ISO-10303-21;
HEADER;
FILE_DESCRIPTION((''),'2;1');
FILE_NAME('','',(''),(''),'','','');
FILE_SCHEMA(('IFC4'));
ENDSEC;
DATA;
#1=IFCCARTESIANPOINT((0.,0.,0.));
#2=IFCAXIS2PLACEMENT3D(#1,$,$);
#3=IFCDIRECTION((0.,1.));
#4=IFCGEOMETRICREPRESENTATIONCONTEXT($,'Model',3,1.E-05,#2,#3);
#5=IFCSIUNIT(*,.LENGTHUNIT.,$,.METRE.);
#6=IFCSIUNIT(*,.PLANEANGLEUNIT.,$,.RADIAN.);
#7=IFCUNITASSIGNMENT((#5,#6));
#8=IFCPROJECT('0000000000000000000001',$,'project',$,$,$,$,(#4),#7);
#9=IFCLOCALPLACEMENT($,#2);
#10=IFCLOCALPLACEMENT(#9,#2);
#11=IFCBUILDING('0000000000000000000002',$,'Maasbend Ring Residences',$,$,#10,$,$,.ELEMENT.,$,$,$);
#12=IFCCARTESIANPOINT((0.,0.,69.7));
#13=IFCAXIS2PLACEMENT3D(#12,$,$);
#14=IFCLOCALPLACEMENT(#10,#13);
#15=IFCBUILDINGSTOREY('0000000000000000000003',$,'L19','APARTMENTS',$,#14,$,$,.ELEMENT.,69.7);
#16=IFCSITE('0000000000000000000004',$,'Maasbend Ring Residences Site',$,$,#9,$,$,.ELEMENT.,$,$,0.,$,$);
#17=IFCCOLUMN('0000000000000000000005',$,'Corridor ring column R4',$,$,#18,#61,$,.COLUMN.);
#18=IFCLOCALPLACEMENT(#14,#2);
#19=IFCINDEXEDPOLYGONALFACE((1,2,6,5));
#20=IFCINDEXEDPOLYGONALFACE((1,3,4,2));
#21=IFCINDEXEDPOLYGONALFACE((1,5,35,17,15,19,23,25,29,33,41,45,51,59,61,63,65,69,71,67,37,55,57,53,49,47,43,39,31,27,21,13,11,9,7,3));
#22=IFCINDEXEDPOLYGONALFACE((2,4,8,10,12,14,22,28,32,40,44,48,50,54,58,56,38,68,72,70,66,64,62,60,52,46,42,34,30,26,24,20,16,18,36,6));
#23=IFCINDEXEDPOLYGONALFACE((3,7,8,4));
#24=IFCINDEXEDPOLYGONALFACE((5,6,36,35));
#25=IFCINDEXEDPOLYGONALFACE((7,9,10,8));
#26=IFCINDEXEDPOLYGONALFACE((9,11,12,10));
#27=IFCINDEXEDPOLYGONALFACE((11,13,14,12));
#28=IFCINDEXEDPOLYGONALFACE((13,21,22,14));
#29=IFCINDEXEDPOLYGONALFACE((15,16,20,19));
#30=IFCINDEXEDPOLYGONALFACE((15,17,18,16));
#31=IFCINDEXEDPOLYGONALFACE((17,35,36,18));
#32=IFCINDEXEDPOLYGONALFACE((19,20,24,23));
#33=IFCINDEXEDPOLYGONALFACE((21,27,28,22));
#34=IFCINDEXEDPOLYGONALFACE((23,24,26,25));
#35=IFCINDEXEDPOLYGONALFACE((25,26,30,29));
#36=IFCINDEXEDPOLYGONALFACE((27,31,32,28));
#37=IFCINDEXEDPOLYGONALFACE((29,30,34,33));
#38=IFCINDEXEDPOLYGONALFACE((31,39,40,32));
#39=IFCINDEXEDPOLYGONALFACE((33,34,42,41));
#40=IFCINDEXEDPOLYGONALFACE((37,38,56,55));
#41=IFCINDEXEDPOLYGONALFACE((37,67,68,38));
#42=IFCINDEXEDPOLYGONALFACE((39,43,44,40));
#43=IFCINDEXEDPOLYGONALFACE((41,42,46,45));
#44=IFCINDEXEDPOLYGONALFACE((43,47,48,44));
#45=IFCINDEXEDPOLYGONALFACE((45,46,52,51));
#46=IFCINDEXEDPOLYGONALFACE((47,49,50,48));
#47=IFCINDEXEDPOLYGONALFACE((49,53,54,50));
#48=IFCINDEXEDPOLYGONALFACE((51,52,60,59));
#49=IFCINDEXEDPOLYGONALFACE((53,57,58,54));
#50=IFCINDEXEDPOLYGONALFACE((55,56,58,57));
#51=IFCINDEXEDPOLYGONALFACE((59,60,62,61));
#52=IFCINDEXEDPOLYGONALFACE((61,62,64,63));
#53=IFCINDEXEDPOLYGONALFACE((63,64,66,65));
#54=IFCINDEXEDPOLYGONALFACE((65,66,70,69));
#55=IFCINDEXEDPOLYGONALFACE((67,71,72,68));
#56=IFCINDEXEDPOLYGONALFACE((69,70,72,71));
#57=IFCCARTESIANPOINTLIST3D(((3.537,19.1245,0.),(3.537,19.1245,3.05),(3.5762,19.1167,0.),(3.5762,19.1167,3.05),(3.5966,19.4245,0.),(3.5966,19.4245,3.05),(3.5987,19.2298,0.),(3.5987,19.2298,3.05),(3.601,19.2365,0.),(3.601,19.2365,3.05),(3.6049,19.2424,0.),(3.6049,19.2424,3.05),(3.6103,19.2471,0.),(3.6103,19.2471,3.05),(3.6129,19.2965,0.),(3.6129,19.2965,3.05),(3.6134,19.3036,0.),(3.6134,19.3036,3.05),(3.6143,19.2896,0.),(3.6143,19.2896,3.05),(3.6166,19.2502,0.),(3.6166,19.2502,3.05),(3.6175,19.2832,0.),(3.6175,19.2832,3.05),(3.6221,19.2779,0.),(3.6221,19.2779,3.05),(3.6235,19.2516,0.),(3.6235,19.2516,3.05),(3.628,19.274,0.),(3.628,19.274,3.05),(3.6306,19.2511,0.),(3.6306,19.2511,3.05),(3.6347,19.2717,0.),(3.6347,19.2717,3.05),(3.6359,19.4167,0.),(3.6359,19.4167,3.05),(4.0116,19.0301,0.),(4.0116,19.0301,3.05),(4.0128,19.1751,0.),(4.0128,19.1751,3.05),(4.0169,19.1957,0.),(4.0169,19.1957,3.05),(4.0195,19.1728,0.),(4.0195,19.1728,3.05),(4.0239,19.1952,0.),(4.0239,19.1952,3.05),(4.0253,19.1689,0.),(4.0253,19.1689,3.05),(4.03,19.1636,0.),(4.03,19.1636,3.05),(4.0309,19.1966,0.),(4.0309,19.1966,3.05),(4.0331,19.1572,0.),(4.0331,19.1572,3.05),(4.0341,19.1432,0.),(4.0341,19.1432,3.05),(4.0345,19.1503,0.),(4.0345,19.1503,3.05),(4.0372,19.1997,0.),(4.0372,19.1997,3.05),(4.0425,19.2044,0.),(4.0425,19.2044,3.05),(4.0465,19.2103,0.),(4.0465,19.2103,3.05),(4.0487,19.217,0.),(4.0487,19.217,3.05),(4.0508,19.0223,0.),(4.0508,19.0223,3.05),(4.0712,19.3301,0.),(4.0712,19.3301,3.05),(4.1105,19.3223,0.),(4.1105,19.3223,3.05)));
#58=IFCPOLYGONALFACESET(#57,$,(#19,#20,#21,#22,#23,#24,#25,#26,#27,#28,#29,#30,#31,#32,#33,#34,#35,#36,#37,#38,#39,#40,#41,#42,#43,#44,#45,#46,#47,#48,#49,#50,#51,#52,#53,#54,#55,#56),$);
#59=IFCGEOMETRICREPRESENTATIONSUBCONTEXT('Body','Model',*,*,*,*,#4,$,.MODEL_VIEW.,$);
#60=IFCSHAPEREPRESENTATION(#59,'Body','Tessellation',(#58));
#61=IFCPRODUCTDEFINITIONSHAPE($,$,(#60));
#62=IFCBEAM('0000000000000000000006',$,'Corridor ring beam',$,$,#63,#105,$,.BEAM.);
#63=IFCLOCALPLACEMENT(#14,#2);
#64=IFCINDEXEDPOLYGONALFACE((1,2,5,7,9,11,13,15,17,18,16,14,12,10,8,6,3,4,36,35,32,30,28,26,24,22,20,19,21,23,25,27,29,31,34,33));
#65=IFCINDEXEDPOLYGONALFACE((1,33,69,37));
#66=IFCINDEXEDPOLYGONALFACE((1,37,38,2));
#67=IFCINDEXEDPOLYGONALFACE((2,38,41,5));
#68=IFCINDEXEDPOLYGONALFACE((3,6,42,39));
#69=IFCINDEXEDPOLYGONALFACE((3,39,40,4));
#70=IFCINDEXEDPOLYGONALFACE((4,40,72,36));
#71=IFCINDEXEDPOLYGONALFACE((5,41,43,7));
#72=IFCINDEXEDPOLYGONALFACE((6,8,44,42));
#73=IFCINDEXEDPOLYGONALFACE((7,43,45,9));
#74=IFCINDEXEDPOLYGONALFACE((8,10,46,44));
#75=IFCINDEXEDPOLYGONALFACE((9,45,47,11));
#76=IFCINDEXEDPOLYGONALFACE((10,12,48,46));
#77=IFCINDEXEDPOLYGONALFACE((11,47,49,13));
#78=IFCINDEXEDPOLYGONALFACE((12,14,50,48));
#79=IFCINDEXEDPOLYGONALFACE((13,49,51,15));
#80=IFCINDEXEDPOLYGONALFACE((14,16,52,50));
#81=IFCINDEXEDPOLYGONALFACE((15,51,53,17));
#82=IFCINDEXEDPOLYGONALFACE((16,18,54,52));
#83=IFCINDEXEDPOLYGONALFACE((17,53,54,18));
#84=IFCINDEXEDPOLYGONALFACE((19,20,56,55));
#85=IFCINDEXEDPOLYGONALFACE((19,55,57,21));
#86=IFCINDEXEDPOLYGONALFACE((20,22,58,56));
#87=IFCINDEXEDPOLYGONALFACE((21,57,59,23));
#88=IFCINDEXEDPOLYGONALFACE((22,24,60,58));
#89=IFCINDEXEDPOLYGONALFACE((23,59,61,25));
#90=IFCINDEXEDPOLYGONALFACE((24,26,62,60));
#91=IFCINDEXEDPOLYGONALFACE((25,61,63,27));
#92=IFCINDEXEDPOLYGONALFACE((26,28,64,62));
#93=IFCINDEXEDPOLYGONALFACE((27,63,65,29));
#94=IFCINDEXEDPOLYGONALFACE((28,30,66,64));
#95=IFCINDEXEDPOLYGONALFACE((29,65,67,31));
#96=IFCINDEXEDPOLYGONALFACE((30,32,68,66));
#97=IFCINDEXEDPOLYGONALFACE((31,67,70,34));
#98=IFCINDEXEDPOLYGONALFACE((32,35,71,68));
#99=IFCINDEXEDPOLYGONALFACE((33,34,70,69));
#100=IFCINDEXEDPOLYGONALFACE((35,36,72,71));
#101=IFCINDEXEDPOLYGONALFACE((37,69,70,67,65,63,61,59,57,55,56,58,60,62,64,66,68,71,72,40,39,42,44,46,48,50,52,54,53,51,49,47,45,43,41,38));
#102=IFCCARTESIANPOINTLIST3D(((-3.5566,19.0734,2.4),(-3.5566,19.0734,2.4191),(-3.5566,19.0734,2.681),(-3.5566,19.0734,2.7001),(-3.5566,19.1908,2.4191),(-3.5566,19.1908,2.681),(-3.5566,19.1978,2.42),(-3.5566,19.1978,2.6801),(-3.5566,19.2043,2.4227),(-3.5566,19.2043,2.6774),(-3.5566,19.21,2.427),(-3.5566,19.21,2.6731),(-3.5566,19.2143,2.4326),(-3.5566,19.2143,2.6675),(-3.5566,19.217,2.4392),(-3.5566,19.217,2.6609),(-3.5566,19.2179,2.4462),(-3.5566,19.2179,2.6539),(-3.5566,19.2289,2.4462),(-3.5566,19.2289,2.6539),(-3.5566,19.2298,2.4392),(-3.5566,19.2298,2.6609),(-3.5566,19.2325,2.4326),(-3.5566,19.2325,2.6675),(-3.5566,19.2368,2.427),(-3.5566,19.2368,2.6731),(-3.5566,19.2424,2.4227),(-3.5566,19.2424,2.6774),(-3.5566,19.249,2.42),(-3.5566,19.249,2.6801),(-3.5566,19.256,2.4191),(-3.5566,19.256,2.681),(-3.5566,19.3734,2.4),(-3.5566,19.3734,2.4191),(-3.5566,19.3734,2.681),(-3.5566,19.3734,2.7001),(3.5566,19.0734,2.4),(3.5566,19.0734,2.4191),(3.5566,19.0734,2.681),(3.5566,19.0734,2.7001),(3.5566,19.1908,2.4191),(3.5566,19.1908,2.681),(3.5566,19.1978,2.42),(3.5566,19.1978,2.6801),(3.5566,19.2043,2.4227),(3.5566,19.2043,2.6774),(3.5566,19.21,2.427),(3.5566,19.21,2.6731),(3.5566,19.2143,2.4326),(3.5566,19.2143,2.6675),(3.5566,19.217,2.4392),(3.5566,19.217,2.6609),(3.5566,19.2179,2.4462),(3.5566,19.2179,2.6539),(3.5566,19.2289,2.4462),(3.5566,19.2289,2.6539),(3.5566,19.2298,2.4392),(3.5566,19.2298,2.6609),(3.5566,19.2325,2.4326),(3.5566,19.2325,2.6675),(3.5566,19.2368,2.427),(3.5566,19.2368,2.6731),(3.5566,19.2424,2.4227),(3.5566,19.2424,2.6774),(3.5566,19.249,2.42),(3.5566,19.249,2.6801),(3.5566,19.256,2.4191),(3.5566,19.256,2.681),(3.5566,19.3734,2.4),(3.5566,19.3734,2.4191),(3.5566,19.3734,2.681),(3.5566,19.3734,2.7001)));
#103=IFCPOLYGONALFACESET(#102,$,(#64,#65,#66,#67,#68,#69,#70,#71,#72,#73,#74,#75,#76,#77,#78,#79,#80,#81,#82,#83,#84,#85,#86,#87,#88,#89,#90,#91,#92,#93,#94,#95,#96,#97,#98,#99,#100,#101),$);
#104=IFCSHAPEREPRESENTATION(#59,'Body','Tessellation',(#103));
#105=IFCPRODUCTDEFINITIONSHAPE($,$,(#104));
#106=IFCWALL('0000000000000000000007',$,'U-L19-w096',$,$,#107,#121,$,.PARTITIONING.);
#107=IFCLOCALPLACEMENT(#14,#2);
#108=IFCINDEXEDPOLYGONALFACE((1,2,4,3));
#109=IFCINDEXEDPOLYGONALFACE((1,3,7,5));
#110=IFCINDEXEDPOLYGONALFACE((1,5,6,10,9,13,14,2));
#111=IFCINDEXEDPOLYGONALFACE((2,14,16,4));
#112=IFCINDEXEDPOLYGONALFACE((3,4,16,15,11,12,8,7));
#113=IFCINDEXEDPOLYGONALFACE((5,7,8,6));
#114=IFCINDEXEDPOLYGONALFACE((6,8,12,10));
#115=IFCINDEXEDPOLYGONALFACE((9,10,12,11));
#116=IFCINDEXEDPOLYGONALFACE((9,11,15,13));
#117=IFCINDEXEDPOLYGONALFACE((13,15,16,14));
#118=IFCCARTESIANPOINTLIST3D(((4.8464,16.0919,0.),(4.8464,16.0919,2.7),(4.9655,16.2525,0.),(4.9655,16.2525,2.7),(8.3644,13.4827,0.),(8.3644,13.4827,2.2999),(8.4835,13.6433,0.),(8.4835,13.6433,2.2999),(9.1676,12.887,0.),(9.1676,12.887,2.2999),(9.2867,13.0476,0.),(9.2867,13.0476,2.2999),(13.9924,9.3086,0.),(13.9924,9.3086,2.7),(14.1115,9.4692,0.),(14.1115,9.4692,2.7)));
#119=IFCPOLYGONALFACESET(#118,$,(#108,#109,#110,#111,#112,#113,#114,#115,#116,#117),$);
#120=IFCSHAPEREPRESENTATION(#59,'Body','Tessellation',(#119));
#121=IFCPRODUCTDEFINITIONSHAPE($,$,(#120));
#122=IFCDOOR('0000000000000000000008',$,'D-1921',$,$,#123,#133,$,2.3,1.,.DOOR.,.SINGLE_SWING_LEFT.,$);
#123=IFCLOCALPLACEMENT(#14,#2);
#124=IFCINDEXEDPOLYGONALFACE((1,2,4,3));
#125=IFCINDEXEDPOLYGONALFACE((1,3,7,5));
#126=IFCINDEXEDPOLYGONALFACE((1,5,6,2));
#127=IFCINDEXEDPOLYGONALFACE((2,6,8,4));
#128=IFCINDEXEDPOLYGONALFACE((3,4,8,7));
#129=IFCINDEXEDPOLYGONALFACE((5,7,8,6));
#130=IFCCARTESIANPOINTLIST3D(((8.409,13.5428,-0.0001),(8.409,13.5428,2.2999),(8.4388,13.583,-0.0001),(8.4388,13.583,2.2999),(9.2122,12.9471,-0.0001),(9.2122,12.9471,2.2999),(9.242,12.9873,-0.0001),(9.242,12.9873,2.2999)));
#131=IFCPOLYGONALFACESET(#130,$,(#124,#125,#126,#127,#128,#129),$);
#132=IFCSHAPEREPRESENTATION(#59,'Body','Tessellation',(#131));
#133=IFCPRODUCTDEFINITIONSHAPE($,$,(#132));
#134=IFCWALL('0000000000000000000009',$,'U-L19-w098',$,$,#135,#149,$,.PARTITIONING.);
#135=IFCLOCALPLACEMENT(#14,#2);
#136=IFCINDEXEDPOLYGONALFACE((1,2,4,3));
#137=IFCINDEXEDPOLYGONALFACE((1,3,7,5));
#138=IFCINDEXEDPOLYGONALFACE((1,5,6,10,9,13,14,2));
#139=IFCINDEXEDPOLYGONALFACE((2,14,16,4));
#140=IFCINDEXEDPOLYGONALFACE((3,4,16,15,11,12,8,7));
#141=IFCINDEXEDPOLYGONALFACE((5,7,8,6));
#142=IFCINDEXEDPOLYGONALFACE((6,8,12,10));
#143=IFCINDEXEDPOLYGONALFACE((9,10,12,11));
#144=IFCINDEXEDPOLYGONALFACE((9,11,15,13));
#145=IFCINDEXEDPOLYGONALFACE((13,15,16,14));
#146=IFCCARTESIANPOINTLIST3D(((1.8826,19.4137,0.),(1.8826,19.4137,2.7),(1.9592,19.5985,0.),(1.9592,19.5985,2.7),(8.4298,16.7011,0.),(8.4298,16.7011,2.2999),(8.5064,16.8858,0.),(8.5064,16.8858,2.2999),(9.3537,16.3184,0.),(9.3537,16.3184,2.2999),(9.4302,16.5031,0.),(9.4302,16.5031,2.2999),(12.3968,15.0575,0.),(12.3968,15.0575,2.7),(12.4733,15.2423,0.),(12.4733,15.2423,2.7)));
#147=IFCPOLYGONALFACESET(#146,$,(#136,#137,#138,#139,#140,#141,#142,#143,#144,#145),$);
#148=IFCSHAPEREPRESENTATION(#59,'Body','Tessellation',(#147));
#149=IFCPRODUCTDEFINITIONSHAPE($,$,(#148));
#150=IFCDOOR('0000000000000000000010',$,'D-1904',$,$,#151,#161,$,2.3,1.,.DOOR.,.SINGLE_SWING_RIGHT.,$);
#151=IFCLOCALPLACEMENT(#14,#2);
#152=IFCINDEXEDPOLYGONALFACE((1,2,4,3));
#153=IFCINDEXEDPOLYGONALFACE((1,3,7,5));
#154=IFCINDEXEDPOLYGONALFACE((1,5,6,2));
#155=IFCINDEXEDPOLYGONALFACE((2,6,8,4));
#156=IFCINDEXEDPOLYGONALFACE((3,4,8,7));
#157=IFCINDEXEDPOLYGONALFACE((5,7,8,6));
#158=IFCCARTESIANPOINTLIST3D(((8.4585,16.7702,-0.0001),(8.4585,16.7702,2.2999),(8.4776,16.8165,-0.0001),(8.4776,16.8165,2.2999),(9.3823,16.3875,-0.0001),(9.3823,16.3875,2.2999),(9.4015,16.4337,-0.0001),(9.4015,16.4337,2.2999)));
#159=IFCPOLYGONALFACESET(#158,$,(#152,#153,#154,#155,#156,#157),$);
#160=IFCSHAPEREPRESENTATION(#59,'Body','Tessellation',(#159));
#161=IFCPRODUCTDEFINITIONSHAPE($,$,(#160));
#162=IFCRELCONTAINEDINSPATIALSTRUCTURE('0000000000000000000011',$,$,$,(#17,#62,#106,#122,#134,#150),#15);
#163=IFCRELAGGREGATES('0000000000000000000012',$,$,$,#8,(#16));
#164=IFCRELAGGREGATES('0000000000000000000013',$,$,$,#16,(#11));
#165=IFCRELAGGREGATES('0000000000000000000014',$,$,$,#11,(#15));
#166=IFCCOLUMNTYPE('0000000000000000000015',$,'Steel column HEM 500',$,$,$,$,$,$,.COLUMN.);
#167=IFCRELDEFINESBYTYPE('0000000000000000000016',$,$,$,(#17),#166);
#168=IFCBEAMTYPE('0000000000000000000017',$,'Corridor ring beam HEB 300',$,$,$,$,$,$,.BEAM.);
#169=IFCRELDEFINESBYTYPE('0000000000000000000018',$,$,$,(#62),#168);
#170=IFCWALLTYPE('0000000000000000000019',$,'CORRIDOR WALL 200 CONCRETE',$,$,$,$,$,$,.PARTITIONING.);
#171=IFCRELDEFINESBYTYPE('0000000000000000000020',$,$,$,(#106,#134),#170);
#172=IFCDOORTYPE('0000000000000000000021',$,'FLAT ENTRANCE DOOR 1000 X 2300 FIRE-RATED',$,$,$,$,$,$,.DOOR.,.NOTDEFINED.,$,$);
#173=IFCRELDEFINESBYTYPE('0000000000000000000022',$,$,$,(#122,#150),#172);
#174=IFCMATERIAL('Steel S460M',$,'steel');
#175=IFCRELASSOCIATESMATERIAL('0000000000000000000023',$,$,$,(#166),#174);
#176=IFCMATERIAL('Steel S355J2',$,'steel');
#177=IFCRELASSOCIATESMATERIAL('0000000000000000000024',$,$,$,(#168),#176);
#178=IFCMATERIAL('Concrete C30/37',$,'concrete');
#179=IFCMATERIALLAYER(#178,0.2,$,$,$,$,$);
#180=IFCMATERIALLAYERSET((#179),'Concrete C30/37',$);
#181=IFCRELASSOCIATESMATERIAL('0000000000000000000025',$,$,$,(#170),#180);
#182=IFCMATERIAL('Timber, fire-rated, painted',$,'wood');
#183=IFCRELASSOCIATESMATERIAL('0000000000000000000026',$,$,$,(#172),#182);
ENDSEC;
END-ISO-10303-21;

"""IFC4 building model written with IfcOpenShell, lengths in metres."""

from ifc_helpers import new_model, si_unit, direction, frame, frame_2d, origin, origin_2d, place, context, subcontext, project, spatial, rectangle, i_section, extrude, material, layer, layer_set, material_profile, profile_set, type_object, element, fill, save


model = new_model("IFC4")

# Units and contexts
model_context = context("Model", 3, precision=1e-05, world=origin(), true_north=direction((0.0, 1.0)))
body_context = subcontext(model_context, "Body", "Model", "MODEL_VIEW")
ifc_project = project(units=[si_unit("LENGTHUNIT", "METRE"), si_unit("PLANEANGLEUNIT", "RADIAN")], contexts=[model_context])

# Site, building, storey
site_placement = place(None, origin())
site = spatial("IfcSite", under=ifc_project, at=site_placement, Name="Maasbend Ring Residences Site", CompositionType="ELEMENT", RefElevation=0.0)
building_placement = place(site_placement, origin())
building = spatial("IfcBuilding", under=site, at=building_placement, Name="Maasbend Ring Residences", CompositionType="ELEMENT")
storey_placement = place(building_placement, frame((0.0, 0.0, 69.7)))
storey = spatial("IfcBuildingStorey", under=building, at=storey_placement, Name="L19", Description="APARTMENTS", CompositionType="ELEMENT", Elevation=69.7)

# Column
ifc_material_1 = material(Name="Steel S460M", Category="steel")
ifc_material_profile_1 = material_profile(ifc_material_1, i_section(OverallWidth=0.3059, OverallDepth=0.5239, WebThickness=0.021, FlangeThickness=0.04, FilletRadius=0.0271, at=origin_2d()), Name="HEM 500")
ifc_profile_set_1 = profile_set([ifc_material_profile_1], Name="Steel S460M")
column_type = type_object("IfcColumnType", Name="Steel column HEM 500", PredefinedType="COLUMN", material=ifc_profile_set_1)
column_placement = place(storey_placement, frame((3.8237, 19.2234, 0.0), z_axis=(0.0, 0.0, 1.0), x_axis=(0.19509, 0.980785, 0.0)))
element("IfcColumn", 1, at=column_placement, inside=storey, type_object=column_type, Name="Corridor ring column R4", PredefinedType="COLUMN", context=body_context, shape_type="SweptSolid", body=[
    extrude(i_section(OverallWidth=0.3059, OverallDepth=0.5239, WebThickness=0.021, FlangeThickness=0.04, FilletRadius=0.0271, at=origin_2d()), origin(), (0.0, 0.0, 1.0), 3.05),
])

# Beam
ifc_material_2 = material(Name="Steel S355J2", Category="steel")
ifc_material_profile_2 = material_profile(ifc_material_2, i_section(OverallWidth=0.3, OverallDepth=0.3, WebThickness=0.011, FlangeThickness=0.019, FilletRadius=0.0271, at=origin_2d()), Name="HEB 300")
ifc_profile_set_2 = profile_set([ifc_material_profile_2], Name="Steel S355J2")
beam_type = type_object("IfcBeamType", Name="Corridor ring beam HEB 300", PredefinedType="BEAM", material=ifc_profile_set_2)
beam_placement = place(storey_placement, frame((3.5566, 19.2234, 2.55), z_axis=(-1.0, 0.0, 0.0), x_axis=(0.0, -1.0, 0.0)))
element("IfcBeam", 2, at=beam_placement, inside=storey, type_object=beam_type, Name="Corridor ring beam", PredefinedType="BEAM", context=body_context, shape_type="SweptSolid", body=[
    extrude(i_section(OverallWidth=0.3, OverallDepth=0.3, WebThickness=0.011, FlangeThickness=0.019, FilletRadius=0.0271, at=origin_2d()), origin(), (0.0, 0.0, 1.0), 7.1133),
])

# Walls, openings, doors
ifc_material_3 = material(Name="Concrete C30/37", Category="concrete")
ifc_layer_1 = layer(ifc_material_3, 0.2)
ifc_layer_set_1 = layer_set([ifc_layer_1], Name="Concrete C30/37")
wall_type_1 = type_object("IfcWallType", Name="CORRIDOR WALL 200 CONCRETE", PredefinedType="PARTITIONING", material=ifc_layer_set_1)
wall_1_placement = place(storey_placement, frame((4.906, 16.1721, 0.0), z_axis=(0.0, 0.0, 1.0), x_axis=(0.803205, -0.595703, 0.0)))
wall_1 = element("IfcWall", 3, at=wall_1_placement, inside=storey, type_object=wall_type_1, Name="U-L19-w096", PredefinedType="PARTITIONING", context=body_context, shape_type="SweptSolid", body=[
    extrude(rectangle(XDim=11.387, YDim=0.2, at=frame_2d((5.6934, 0.0))), origin(), (0.0, 0.0, 1.0), 2.7),
])
opening_1_placement = place(wall_1_placement, frame((4.3799, 0.0, 0.0)))
opening_1 = element("IfcOpeningElement", 4, at=opening_1_placement, cuts=wall_1, PredefinedType="OPENING", context=body_context, shape_type="SweptSolid", body=[
    extrude(rectangle(XDim=1.0, YDim=2.3, at=frame_2d((0.5, 1.1499))), frame((0.0, 0.1099, 0.0), z_axis=(0.0, -1.0, 0.0), x_axis=(1.0, 0.0, 0.0)), (0.0, 0.0, 1.0), 0.22),
])
ifc_material_4 = material(Name="Timber, fire-rated, painted", Category="wood")
door_type_1 = type_object("IfcDoorType", Name="FLAT ENTRANCE DOOR 1000 X 2300 FIRE-RATED", OperationType="NOTDEFINED", PredefinedType="DOOR", material=ifc_material_4)
door_1_placement = place(opening_1_placement, origin())
door_1 = element("IfcDoor", 5, at=door_1_placement, inside=storey, type_object=door_type_1, Name="D-1921", OperationType="SINGLE_SWING_LEFT", OverallHeight=2.3, OverallWidth=1.0, PredefinedType="DOOR", context=body_context, shape_type="SweptSolid", body=[
    extrude(rectangle(XDim=1.0, YDim=2.3, at=frame_2d((0.5, 1.1499))), frame((0.0, 0.0249, 0.0), z_axis=(0.0, -1.0, 0.0), x_axis=(1.0, 0.0, 0.0)), (0.0, 0.0, 1.0), 0.05),
])
fill(opening_1, door_1)
wall_2_placement = place(storey_placement, frame((1.9209, 19.5061, 0.0), z_axis=(0.0, 0.0, 1.0), x_axis=(0.923846, -0.382765, 0.0)))
wall_2 = element("IfcWall", 6, at=wall_2_placement, inside=storey, type_object=wall_type_1, Name="U-L19-w098", PredefinedType="PARTITIONING", context=body_context, shape_type="SweptSolid", body=[
    extrude(rectangle(XDim=11.3809, YDim=0.2, at=frame_2d((5.6904, 0.0))), origin(), (0.0, 0.0, 1.0), 2.7),
])
opening_2_placement = place(wall_2_placement, frame((7.0869, 0.0, 0.0)))
opening_2 = element("IfcOpeningElement", 7, at=opening_2_placement, cuts=wall_2, PredefinedType="OPENING", context=body_context, shape_type="SweptSolid", body=[
    extrude(rectangle(XDim=1.0, YDim=2.3, at=frame_2d((0.5, 1.1499))), frame((0.0, 0.1099, 0.0), z_axis=(0.0, -1.0, 0.0), x_axis=(1.0, 0.0, 0.0)), (0.0, 0.0, 1.0), 0.22),
])
door_2_placement = place(opening_2_placement, origin())
door_2 = element("IfcDoor", 8, at=door_2_placement, inside=storey, type_object=door_type_1, Name="D-1904", OperationType="SINGLE_SWING_RIGHT", OverallHeight=2.3, OverallWidth=1.0, PredefinedType="DOOR", context=body_context, shape_type="SweptSolid", body=[
    extrude(rectangle(XDim=1.0, YDim=2.3, at=frame_2d((0.5, 1.1499))), frame((0.0, 0.0249, 0.0), z_axis=(0.0, -1.0, 0.0), x_axis=(1.0, 0.0, 0.0)), (0.0, 0.0, 1.0), 0.05),
])
fill(opening_2, door_2)

save(model, "model.ifc")
